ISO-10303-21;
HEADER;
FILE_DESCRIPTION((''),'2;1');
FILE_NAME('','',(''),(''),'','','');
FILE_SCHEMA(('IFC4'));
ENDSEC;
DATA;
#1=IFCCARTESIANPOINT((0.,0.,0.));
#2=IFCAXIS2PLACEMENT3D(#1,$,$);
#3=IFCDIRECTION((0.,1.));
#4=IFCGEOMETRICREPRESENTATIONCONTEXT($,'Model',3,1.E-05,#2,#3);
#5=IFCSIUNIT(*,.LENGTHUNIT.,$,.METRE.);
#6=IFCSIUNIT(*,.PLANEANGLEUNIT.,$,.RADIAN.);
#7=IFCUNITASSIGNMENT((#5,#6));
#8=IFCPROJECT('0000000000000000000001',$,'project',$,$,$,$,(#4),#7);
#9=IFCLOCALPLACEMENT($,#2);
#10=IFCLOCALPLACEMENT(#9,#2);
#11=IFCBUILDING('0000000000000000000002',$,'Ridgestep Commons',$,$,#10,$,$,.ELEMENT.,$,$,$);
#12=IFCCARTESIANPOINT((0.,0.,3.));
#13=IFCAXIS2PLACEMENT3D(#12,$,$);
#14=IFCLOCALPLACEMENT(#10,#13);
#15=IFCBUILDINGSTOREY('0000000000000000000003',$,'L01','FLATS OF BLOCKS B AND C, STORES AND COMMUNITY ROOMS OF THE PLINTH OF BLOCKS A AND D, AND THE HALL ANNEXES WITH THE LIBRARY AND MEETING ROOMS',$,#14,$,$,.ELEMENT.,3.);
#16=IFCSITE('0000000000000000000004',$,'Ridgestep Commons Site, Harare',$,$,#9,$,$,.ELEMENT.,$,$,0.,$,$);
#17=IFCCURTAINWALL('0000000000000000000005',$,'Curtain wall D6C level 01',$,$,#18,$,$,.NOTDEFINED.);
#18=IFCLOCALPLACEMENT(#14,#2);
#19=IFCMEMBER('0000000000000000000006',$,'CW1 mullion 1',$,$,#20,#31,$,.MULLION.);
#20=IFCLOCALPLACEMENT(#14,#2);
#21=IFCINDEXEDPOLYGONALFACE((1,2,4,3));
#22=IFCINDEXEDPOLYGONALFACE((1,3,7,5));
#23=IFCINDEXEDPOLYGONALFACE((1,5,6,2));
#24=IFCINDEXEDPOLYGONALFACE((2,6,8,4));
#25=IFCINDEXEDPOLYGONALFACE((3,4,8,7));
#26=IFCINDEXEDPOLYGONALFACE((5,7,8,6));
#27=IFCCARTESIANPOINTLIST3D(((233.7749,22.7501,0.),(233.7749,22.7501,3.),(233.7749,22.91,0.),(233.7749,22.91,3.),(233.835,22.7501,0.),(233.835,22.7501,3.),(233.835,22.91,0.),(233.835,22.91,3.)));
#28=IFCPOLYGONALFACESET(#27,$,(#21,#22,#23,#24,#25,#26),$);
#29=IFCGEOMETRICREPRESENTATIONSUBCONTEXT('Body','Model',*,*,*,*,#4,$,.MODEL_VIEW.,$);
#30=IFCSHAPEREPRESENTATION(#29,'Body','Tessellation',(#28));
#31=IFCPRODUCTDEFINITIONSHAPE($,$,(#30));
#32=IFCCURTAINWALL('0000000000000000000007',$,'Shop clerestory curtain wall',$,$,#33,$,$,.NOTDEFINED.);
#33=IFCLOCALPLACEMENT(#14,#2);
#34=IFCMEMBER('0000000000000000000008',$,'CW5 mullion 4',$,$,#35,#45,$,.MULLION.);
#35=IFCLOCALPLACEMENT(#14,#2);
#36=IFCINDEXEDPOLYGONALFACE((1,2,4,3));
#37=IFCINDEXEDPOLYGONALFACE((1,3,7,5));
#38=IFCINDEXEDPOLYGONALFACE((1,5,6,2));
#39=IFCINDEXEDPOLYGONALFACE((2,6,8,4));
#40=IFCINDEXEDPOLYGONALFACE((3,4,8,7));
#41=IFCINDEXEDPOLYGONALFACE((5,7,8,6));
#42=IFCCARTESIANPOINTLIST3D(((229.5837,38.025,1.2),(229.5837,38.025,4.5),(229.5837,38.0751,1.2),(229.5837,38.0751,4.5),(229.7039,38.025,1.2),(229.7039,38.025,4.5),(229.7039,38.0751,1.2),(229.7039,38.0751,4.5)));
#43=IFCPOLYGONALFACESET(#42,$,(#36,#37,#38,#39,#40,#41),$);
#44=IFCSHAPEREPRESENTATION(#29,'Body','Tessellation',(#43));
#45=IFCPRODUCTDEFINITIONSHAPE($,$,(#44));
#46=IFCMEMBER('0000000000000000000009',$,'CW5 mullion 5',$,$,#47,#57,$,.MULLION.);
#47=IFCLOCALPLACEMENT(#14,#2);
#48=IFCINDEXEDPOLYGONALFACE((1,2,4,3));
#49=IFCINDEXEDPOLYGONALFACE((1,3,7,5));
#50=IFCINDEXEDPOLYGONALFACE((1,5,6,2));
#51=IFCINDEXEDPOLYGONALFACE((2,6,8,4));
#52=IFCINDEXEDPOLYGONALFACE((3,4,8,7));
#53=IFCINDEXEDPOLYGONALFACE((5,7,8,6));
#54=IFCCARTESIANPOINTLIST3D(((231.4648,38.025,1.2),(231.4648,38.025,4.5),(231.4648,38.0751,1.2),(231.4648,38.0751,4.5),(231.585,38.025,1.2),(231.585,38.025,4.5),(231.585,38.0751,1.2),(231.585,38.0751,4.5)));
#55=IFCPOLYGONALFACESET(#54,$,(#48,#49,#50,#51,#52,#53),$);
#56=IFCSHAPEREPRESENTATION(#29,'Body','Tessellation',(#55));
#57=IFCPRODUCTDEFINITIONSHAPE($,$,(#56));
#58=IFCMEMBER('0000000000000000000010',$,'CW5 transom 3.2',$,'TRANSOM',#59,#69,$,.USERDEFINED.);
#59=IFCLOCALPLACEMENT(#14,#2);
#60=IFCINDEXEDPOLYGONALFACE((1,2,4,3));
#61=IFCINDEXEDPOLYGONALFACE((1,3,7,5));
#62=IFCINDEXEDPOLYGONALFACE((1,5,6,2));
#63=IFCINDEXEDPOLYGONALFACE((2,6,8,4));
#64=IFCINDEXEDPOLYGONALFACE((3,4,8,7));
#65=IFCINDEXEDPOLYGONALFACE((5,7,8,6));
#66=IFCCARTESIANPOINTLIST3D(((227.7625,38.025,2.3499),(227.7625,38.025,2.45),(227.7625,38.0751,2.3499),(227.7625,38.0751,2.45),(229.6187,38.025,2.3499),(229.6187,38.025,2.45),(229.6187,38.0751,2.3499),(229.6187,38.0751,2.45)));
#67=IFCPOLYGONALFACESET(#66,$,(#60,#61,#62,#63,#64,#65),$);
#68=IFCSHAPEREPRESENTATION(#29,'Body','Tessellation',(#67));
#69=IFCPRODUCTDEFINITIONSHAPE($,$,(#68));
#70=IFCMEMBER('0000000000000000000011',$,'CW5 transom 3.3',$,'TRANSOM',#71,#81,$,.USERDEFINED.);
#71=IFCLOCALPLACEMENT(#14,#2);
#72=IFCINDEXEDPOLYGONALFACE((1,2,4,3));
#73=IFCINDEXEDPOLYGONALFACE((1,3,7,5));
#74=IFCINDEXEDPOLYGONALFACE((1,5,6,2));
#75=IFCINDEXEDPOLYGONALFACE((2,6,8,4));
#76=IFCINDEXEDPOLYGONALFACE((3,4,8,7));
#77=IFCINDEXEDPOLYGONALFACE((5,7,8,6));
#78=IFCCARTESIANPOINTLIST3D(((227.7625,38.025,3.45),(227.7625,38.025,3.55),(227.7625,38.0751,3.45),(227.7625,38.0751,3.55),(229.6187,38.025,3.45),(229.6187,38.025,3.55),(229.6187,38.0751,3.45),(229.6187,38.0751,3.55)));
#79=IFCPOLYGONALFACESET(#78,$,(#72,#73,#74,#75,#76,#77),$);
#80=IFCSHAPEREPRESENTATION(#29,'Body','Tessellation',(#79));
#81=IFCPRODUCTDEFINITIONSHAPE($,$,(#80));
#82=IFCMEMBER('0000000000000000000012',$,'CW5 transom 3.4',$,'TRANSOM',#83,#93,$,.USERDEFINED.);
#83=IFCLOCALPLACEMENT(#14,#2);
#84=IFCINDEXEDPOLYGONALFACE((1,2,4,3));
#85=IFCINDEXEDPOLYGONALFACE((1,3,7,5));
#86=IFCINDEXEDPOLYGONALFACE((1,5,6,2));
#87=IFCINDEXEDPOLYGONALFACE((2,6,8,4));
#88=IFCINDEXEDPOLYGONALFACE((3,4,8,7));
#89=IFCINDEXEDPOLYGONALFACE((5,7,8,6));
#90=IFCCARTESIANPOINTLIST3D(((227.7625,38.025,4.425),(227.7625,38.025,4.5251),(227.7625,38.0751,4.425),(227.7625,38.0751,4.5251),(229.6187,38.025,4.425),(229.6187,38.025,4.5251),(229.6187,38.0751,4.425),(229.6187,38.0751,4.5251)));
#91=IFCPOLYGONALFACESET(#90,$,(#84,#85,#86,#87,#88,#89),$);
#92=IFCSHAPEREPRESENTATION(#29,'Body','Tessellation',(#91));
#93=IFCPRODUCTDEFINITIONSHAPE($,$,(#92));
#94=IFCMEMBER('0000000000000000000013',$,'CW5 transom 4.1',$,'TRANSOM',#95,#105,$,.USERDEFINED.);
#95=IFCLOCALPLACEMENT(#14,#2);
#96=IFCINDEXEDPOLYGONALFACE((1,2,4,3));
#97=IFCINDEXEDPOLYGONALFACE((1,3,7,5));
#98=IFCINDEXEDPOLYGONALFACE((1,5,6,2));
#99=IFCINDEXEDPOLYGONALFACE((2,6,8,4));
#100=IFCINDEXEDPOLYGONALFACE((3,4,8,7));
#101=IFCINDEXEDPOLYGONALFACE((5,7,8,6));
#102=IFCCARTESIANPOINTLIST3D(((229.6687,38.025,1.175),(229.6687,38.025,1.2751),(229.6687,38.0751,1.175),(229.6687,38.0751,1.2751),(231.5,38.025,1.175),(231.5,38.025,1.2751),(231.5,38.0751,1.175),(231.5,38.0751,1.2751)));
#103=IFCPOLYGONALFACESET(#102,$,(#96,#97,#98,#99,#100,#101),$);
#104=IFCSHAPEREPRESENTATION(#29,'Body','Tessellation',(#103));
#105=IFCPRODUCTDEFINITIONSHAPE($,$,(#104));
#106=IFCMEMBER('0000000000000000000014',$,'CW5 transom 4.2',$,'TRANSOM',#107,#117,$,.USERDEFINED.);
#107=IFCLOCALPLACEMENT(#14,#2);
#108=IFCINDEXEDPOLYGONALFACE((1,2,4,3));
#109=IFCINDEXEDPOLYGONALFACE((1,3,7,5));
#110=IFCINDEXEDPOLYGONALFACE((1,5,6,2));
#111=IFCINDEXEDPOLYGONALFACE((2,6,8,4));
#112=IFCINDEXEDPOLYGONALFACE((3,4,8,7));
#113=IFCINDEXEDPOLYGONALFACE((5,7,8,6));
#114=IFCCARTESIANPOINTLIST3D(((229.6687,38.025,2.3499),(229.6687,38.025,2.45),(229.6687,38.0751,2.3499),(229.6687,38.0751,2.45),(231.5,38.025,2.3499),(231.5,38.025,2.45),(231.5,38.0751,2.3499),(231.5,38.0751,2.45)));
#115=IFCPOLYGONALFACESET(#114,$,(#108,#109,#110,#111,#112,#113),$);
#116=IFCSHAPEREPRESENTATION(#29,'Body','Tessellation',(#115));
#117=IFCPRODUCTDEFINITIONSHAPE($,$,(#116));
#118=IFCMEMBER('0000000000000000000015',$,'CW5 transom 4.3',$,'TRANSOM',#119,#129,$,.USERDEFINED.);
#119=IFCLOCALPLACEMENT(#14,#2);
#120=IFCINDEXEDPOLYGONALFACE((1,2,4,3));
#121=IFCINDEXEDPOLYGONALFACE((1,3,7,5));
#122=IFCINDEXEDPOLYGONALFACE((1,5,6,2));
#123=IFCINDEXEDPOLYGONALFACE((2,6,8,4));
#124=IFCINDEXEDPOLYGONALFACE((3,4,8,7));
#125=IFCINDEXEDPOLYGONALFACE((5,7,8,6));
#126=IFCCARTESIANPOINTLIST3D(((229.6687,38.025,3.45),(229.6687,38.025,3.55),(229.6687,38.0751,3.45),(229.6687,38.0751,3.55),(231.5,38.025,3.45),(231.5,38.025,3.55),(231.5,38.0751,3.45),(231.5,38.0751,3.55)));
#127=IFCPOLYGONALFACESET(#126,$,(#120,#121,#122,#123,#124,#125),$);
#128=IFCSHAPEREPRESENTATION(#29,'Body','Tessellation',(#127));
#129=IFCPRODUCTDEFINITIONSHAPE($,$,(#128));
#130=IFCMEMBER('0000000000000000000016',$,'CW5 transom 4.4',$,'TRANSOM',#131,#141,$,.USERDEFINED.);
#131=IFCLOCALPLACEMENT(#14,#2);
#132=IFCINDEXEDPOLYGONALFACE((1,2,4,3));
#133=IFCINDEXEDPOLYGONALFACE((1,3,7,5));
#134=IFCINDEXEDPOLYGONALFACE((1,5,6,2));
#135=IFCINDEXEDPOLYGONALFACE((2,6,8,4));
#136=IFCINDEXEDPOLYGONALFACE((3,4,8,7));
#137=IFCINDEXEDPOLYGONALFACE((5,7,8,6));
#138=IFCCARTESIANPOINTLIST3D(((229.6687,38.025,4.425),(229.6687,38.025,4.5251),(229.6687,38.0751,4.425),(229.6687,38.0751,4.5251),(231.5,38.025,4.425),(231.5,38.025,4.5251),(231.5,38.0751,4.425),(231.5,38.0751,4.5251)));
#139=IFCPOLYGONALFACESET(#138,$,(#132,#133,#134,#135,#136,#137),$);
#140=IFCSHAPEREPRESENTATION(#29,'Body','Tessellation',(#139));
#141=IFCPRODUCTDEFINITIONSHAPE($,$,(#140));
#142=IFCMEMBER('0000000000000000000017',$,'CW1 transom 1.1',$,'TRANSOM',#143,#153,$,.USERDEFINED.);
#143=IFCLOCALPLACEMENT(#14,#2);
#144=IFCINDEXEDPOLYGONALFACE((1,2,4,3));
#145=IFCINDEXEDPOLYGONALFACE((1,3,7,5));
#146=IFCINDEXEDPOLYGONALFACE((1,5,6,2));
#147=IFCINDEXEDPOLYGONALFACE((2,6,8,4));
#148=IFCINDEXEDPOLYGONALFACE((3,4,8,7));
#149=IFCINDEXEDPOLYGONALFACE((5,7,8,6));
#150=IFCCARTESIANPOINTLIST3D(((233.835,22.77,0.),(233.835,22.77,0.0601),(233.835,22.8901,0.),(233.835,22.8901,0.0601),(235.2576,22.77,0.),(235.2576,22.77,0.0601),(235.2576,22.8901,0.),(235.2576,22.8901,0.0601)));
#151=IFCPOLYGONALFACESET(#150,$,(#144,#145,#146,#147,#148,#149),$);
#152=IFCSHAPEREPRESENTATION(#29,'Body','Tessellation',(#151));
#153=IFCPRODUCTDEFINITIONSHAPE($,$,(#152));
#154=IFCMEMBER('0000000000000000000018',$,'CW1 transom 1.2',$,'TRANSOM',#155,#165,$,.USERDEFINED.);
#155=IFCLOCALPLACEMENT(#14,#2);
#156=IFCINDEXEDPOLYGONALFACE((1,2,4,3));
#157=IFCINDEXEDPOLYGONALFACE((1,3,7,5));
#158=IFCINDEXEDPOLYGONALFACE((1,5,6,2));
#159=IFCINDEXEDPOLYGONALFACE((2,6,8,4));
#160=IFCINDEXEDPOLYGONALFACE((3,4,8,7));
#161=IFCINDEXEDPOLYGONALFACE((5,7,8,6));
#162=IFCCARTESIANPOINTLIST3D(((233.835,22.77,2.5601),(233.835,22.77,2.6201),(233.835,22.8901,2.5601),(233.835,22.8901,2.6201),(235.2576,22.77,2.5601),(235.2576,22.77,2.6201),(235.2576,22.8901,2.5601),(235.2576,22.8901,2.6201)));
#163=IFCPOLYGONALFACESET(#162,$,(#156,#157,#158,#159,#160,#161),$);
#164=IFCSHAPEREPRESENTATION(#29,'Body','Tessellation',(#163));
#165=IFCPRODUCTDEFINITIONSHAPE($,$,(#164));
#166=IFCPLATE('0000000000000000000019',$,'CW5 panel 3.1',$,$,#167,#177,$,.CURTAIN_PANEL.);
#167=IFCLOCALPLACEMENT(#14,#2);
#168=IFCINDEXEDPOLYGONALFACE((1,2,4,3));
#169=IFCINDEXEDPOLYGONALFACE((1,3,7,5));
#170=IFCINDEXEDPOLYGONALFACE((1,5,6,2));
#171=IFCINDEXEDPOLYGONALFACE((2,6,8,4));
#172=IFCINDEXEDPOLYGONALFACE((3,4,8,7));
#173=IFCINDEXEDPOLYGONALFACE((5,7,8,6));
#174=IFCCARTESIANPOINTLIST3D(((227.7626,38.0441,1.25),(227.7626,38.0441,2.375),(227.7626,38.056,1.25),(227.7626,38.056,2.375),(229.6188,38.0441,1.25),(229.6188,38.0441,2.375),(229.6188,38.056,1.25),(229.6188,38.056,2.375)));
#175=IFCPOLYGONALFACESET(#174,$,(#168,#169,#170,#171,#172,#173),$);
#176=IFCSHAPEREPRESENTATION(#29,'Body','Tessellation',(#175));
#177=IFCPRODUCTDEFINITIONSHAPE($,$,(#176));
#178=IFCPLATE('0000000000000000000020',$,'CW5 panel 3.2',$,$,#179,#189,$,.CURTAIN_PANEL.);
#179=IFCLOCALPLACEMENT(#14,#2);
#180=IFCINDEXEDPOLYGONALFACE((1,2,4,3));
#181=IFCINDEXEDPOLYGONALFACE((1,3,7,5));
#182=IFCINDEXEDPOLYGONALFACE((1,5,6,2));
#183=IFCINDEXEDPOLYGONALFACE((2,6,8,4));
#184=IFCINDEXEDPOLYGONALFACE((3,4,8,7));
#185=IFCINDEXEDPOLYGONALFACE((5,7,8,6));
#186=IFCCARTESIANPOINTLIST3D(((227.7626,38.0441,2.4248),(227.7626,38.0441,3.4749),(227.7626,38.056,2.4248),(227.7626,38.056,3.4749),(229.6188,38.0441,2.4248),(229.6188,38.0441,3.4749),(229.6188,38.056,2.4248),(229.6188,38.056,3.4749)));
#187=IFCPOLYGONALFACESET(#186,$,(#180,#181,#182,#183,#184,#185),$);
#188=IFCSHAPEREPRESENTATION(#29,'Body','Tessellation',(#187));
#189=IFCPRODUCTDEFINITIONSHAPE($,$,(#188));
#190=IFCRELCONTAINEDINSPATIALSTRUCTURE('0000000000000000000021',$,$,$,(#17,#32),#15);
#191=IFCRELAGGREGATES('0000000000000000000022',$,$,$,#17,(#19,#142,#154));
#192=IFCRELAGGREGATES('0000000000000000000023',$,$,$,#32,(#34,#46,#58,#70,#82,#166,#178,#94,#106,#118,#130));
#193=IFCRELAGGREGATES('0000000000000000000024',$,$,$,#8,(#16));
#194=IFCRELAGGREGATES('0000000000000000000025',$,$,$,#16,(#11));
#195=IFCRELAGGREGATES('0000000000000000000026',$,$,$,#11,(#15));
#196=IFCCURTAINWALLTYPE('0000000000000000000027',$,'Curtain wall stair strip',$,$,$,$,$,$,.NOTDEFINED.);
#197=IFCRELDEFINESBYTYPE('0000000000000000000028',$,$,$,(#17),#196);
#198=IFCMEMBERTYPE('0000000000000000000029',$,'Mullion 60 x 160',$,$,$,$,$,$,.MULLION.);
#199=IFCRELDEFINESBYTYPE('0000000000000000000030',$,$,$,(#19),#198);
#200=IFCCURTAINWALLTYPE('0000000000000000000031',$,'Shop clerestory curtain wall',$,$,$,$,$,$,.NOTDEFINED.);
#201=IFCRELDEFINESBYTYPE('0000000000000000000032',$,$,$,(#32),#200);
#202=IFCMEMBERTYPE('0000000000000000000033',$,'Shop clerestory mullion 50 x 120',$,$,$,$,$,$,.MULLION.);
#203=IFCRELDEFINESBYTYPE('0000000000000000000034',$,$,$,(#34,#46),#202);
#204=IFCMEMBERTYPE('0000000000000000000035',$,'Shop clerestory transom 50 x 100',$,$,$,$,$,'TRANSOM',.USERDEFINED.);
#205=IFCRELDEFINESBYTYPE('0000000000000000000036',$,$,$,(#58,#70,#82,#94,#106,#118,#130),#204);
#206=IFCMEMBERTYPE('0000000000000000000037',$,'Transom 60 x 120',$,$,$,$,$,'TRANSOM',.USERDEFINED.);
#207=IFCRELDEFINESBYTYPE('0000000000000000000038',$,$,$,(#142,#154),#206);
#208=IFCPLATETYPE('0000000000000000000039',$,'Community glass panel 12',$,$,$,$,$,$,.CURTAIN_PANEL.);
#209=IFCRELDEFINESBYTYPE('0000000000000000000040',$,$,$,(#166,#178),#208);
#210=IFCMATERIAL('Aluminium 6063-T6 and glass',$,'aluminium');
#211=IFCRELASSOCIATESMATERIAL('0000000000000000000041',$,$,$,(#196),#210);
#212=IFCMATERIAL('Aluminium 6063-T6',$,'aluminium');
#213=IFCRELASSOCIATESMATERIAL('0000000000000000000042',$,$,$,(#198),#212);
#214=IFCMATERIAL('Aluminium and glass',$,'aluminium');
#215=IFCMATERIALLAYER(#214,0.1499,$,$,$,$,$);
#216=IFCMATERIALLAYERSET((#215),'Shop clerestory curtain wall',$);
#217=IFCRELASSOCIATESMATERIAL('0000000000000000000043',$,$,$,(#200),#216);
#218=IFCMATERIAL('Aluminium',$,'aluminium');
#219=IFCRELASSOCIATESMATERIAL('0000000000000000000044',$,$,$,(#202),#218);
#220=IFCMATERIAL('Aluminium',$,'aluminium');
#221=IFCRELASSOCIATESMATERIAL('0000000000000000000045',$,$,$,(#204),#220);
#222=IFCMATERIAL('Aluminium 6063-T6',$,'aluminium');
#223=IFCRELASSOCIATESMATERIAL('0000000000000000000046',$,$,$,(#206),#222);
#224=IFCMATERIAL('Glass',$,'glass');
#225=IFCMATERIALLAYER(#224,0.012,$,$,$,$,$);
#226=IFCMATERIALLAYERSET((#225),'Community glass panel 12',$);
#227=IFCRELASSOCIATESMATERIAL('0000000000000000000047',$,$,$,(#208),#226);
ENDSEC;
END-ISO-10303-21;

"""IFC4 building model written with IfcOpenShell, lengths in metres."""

from ifc_helpers import new_model, si_unit, direction, frame, origin, origin_2d, place, context, subcontext, project, spatial, rectangle, extrude, material, layer, layer_set, material_profile, profile_set, type_object, element, aggregate, save


model = new_model("IFC4")

# Units and contexts
model_context = context("Model", 3, precision=1e-05, world=origin(), true_north=direction((0.0, 1.0)))
body_context = subcontext(model_context, "Body", "Model", "MODEL_VIEW")
ifc_project = project(units=[si_unit("LENGTHUNIT", "METRE"), si_unit("PLANEANGLEUNIT", "RADIAN")], contexts=[model_context])

# Site, building, storey
site_placement = place(None, origin())
site = spatial("IfcSite", under=ifc_project, at=site_placement, Name="Ridgestep Commons Site, Harare", CompositionType="ELEMENT", RefElevation=0.0)
building_placement = place(site_placement, origin())
building = spatial("IfcBuilding", under=site, at=building_placement, Name="Ridgestep Commons", CompositionType="ELEMENT")
storey_placement = place(building_placement, frame((0.0, 0.0, 3.0)))
storey = spatial("IfcBuildingStorey", under=building, at=storey_placement, Name="L01", Description="FLATS OF BLOCKS B AND C, STORES AND COMMUNITY ROOMS OF THE PLINTH OF BLOCKS A AND D, AND THE HALL ANNEXES WITH THE LIBRARY AND MEETING ROOMS", CompositionType="ELEMENT", Elevation=3.0)

# Curtain wall, member
ifc_material_1 = material(Name="Aluminium 6063-T6 and glass", Category="aluminium")
curtain_wall_type_1 = type_object("IfcCurtainWallType", Name="Curtain wall stair strip", PredefinedType="NOTDEFINED", material=ifc_material_1)
curtain_wall_1_placement = place(storey_placement, origin())
curtain_wall_1 = element("IfcCurtainWall", 1, at=curtain_wall_1_placement, inside=storey, type_object=curtain_wall_type_1, Name="Curtain wall D6C level 01", PredefinedType="NOTDEFINED")
ifc_material_2 = material(Name="Aluminium 6063-T6", Category="aluminium")
ifc_material_profile_1 = material_profile(ifc_material_2, rectangle(XDim=0.1599, YDim=0.0601, at=origin_2d()), Name="Mullion 60 x 160")
ifc_profile_set_1 = profile_set([ifc_material_profile_1], Name="Aluminium 6063-T6")
member_type_1 = type_object("IfcMemberType", Name="Mullion 60 x 160", PredefinedType="MULLION", material=ifc_profile_set_1)
member_1_placement = place(storey_placement, frame((233.8049, 22.8301, 0.0), z_axis=(0.0, 0.0, 1.0), x_axis=(0.0, 1.0, 0.0)))
member_1 = element("IfcMember", 2, at=member_1_placement, type_object=member_type_1, Name="CW1 mullion 1", PredefinedType="MULLION", context=body_context, shape_type="SweptSolid", body=[
    extrude(rectangle(XDim=0.1599, YDim=0.0601, at=origin_2d()), origin(), (0.0, 0.0, 1.0), 3.0),
])

# Curtain wall, members
ifc_material_3 = material(Name="Aluminium and glass", Category="aluminium")
ifc_layer_1 = layer(ifc_material_3, 0.1499)
ifc_layer_set_1 = layer_set([ifc_layer_1], Name="Shop clerestory curtain wall")
curtain_wall_type_2 = type_object("IfcCurtainWallType", Name="Shop clerestory curtain wall", PredefinedType="NOTDEFINED", material=ifc_layer_set_1)
curtain_wall_2_placement = place(storey_placement, origin())
curtain_wall_2 = element("IfcCurtainWall", 3, at=curtain_wall_2_placement, inside=storey, type_object=curtain_wall_type_2, Name="Shop clerestory curtain wall", PredefinedType="NOTDEFINED")
ifc_material_4 = material(Name="Aluminium", Category="aluminium")
ifc_material_profile_2 = material_profile(ifc_material_4, rectangle(XDim=0.05, YDim=0.1201, at=origin_2d()), Name="Shop clerestory mullion 50 x 120")
ifc_profile_set_2 = profile_set([ifc_material_profile_2], Name="Aluminium")
member_type_2 = type_object("IfcMemberType", Name="Shop clerestory mullion 50 x 120", PredefinedType="MULLION", material=ifc_profile_set_2)
member_2_placement = place(storey_placement, frame((229.6438, 38.05, 1.2), z_axis=(0.0, 0.0, 1.0), x_axis=(0.0, 1.0, 0.0)))
member_2 = element("IfcMember", 4, at=member_2_placement, type_object=member_type_2, Name="CW5 mullion 4", PredefinedType="MULLION", context=body_context, shape_type="SweptSolid", body=[
    extrude(rectangle(XDim=0.05, YDim=0.1201, at=origin_2d()), origin(), (0.0, 0.0, 1.0), 3.3),
])
member_3_placement = place(storey_placement, frame((231.5249, 38.05, 1.2), z_axis=(0.0, 0.0, 1.0), x_axis=(0.0, 1.0, 0.0)))
member_3 = element("IfcMember", 5, at=member_3_placement, type_object=member_type_2, Name="CW5 mullion 5", PredefinedType="MULLION", context=body_context, shape_type="SweptSolid", body=[
    extrude(rectangle(XDim=0.05, YDim=0.1201, at=origin_2d()), origin(), (0.0, 0.0, 1.0), 3.3),
])
ifc_material_5 = material(Name="Aluminium", Category="aluminium")
ifc_material_profile_3 = material_profile(ifc_material_5, rectangle(XDim=0.05, YDim=0.1001, at=origin_2d()), Name="Shop clerestory transom 50 x 100")
ifc_profile_set_3 = profile_set([ifc_material_profile_3], Name="Aluminium")
member_type_3 = type_object("IfcMemberType", Name="Shop clerestory transom 50 x 100", ElementType="TRANSOM", PredefinedType="USERDEFINED", material=ifc_profile_set_3)
member_4_placement = place(storey_placement, frame((227.7625, 38.05, 2.3999), z_axis=(1.0, 0.0, 0.0), x_axis=(0.0, 1.0, 0.0)))
member_4 = element("IfcMember", 6, at=member_4_placement, type_object=member_type_3, Name="CW5 transom 3.2", ObjectType="TRANSOM", PredefinedType="USERDEFINED", context=body_context, shape_type="SweptSolid", body=[
    extrude(rectangle(XDim=0.05, YDim=0.1001, at=origin_2d()), origin(), (0.0, 0.0, 1.0), 1.8562),
])
member_5_placement = place(storey_placement, frame((227.7625, 38.05, 3.5), z_axis=(1.0, 0.0, 0.0), x_axis=(0.0, 1.0, 0.0)))
member_5 = element("IfcMember", 7, at=member_5_placement, type_object=member_type_3, Name="CW5 transom 3.3", ObjectType="TRANSOM", PredefinedType="USERDEFINED", context=body_context, shape_type="SweptSolid", body=[
    extrude(rectangle(XDim=0.05, YDim=0.1001, at=origin_2d()), origin(), (0.0, 0.0, 1.0), 1.8562),
])
member_6_placement = place(storey_placement, frame((227.7625, 38.05, 4.4751), z_axis=(1.0, 0.0, 0.0), x_axis=(0.0, 1.0, 0.0)))
member_6 = element("IfcMember", 8, at=member_6_placement, type_object=member_type_3, Name="CW5 transom 3.4", ObjectType="TRANSOM", PredefinedType="USERDEFINED", context=body_context, shape_type="SweptSolid", body=[
    extrude(rectangle(XDim=0.05, YDim=0.1001, at=origin_2d()), origin(), (0.0, 0.0, 1.0), 1.8562),
])
member_7_placement = place(storey_placement, frame((229.6687, 38.05, 1.2251), z_axis=(1.0, 0.0, 0.0), x_axis=(0.0, 1.0, 0.0)))
member_7 = element("IfcMember", 9, at=member_7_placement, type_object=member_type_3, Name="CW5 transom 4.1", ObjectType="TRANSOM", PredefinedType="USERDEFINED", context=body_context, shape_type="SweptSolid", body=[
    extrude(rectangle(XDim=0.05, YDim=0.1001, at=origin_2d()), origin(), (0.0, 0.0, 1.0), 1.8313),
])
member_8_placement = place(storey_placement, frame((229.6687, 38.05, 2.3999), z_axis=(1.0, 0.0, 0.0), x_axis=(0.0, 1.0, 0.0)))
member_8 = element("IfcMember", 10, at=member_8_placement, type_object=member_type_3, Name="CW5 transom 4.2", ObjectType="TRANSOM", PredefinedType="USERDEFINED", context=body_context, shape_type="SweptSolid", body=[
    extrude(rectangle(XDim=0.05, YDim=0.1001, at=origin_2d()), origin(), (0.0, 0.0, 1.0), 1.8313),
])
member_9_placement = place(storey_placement, frame((229.6687, 38.05, 3.5), z_axis=(1.0, 0.0, 0.0), x_axis=(0.0, 1.0, 0.0)))
member_9 = element("IfcMember", 11, at=member_9_placement, type_object=member_type_3, Name="CW5 transom 4.3", ObjectType="TRANSOM", PredefinedType="USERDEFINED", context=body_context, shape_type="SweptSolid", body=[
    extrude(rectangle(XDim=0.05, YDim=0.1001, at=origin_2d()), origin(), (0.0, 0.0, 1.0), 1.8313),
])
member_10_placement = place(storey_placement, frame((229.6687, 38.05, 4.4751), z_axis=(1.0, 0.0, 0.0), x_axis=(0.0, 1.0, 0.0)))
member_10 = element("IfcMember", 12, at=member_10_placement, type_object=member_type_3, Name="CW5 transom 4.4", ObjectType="TRANSOM", PredefinedType="USERDEFINED", context=body_context, shape_type="SweptSolid", body=[
    extrude(rectangle(XDim=0.05, YDim=0.1001, at=origin_2d()), origin(), (0.0, 0.0, 1.0), 1.8313),
])

# Members
ifc_material_6 = material(Name="Aluminium 6063-T6", Category="aluminium")
ifc_material_profile_4 = material_profile(ifc_material_6, rectangle(XDim=0.1201, YDim=0.0601, at=origin_2d()), Name="Transom 60 x 120")
ifc_profile_set_4 = profile_set([ifc_material_profile_4], Name="Aluminium 6063-T6")
member_type_4 = type_object("IfcMemberType", Name="Transom 60 x 120", ElementType="TRANSOM", PredefinedType="USERDEFINED", material=ifc_profile_set_4)
member_11_placement = place(storey_placement, frame((233.835, 22.8301, 0.03), z_axis=(1.0, 0.0, 0.0), x_axis=(0.0, 1.0, 0.0)))
member_11 = element("IfcMember", 13, at=member_11_placement, type_object=member_type_4, Name="CW1 transom 1.1", ObjectType="TRANSOM", PredefinedType="USERDEFINED", context=body_context, shape_type="SweptSolid", body=[
    extrude(rectangle(XDim=0.1201, YDim=0.0601, at=origin_2d()), origin(), (0.0, 0.0, 1.0), 1.4226),
])
member_12_placement = place(storey_placement, frame((233.835, 22.8301, 2.5901), z_axis=(1.0, 0.0, 0.0), x_axis=(0.0, 1.0, 0.0)))
member_12 = element("IfcMember", 14, at=member_12_placement, type_object=member_type_4, Name="CW1 transom 1.2", ObjectType="TRANSOM", PredefinedType="USERDEFINED", context=body_context, shape_type="SweptSolid", body=[
    extrude(rectangle(XDim=0.1201, YDim=0.0601, at=origin_2d()), origin(), (0.0, 0.0, 1.0), 1.4226),
])
aggregate(curtain_wall_1, [member_1, member_11, member_12])

# Plates
ifc_material_7 = material(Name="Glass", Category="glass")
ifc_layer_2 = layer(ifc_material_7, 0.012)
ifc_layer_set_2 = layer_set([ifc_layer_2], Name="Community glass panel 12")
plate_type = type_object("IfcPlateType", Name="Community glass panel 12", PredefinedType="CURTAIN_PANEL", material=ifc_layer_set_2)
plate_1_placement = place(storey_placement, frame((228.6907, 38.05, 1.25), z_axis=(0.0, 0.0, 1.0), x_axis=(1.0, 0.0, 0.0)))
plate_1 = element("IfcPlate", 15, at=plate_1_placement, type_object=plate_type, Name="CW5 panel 3.1", PredefinedType="CURTAIN_PANEL", context=body_context, shape_type="SweptSolid", body=[
    extrude(rectangle(XDim=1.8562, YDim=0.012, at=origin_2d()), origin(), (0.0, 0.0, 1.0), 1.125),
])
plate_2_placement = place(storey_placement, frame((228.6907, 38.05, 2.4248), z_axis=(0.0, 0.0, 1.0), x_axis=(1.0, 0.0, 0.0)))
plate_2 = element("IfcPlate", 16, at=plate_2_placement, type_object=plate_type, Name="CW5 panel 3.2", PredefinedType="CURTAIN_PANEL", context=body_context, shape_type="SweptSolid", body=[
    extrude(rectangle(XDim=1.8562, YDim=0.012, at=origin_2d()), origin(), (0.0, 0.0, 1.0), 1.05),
])
aggregate(curtain_wall_2, [member_2, member_3, member_4, member_5, member_6, plate_1, plate_2, member_7, member_8, member_9, member_10])

save(model, "model.ifc")
